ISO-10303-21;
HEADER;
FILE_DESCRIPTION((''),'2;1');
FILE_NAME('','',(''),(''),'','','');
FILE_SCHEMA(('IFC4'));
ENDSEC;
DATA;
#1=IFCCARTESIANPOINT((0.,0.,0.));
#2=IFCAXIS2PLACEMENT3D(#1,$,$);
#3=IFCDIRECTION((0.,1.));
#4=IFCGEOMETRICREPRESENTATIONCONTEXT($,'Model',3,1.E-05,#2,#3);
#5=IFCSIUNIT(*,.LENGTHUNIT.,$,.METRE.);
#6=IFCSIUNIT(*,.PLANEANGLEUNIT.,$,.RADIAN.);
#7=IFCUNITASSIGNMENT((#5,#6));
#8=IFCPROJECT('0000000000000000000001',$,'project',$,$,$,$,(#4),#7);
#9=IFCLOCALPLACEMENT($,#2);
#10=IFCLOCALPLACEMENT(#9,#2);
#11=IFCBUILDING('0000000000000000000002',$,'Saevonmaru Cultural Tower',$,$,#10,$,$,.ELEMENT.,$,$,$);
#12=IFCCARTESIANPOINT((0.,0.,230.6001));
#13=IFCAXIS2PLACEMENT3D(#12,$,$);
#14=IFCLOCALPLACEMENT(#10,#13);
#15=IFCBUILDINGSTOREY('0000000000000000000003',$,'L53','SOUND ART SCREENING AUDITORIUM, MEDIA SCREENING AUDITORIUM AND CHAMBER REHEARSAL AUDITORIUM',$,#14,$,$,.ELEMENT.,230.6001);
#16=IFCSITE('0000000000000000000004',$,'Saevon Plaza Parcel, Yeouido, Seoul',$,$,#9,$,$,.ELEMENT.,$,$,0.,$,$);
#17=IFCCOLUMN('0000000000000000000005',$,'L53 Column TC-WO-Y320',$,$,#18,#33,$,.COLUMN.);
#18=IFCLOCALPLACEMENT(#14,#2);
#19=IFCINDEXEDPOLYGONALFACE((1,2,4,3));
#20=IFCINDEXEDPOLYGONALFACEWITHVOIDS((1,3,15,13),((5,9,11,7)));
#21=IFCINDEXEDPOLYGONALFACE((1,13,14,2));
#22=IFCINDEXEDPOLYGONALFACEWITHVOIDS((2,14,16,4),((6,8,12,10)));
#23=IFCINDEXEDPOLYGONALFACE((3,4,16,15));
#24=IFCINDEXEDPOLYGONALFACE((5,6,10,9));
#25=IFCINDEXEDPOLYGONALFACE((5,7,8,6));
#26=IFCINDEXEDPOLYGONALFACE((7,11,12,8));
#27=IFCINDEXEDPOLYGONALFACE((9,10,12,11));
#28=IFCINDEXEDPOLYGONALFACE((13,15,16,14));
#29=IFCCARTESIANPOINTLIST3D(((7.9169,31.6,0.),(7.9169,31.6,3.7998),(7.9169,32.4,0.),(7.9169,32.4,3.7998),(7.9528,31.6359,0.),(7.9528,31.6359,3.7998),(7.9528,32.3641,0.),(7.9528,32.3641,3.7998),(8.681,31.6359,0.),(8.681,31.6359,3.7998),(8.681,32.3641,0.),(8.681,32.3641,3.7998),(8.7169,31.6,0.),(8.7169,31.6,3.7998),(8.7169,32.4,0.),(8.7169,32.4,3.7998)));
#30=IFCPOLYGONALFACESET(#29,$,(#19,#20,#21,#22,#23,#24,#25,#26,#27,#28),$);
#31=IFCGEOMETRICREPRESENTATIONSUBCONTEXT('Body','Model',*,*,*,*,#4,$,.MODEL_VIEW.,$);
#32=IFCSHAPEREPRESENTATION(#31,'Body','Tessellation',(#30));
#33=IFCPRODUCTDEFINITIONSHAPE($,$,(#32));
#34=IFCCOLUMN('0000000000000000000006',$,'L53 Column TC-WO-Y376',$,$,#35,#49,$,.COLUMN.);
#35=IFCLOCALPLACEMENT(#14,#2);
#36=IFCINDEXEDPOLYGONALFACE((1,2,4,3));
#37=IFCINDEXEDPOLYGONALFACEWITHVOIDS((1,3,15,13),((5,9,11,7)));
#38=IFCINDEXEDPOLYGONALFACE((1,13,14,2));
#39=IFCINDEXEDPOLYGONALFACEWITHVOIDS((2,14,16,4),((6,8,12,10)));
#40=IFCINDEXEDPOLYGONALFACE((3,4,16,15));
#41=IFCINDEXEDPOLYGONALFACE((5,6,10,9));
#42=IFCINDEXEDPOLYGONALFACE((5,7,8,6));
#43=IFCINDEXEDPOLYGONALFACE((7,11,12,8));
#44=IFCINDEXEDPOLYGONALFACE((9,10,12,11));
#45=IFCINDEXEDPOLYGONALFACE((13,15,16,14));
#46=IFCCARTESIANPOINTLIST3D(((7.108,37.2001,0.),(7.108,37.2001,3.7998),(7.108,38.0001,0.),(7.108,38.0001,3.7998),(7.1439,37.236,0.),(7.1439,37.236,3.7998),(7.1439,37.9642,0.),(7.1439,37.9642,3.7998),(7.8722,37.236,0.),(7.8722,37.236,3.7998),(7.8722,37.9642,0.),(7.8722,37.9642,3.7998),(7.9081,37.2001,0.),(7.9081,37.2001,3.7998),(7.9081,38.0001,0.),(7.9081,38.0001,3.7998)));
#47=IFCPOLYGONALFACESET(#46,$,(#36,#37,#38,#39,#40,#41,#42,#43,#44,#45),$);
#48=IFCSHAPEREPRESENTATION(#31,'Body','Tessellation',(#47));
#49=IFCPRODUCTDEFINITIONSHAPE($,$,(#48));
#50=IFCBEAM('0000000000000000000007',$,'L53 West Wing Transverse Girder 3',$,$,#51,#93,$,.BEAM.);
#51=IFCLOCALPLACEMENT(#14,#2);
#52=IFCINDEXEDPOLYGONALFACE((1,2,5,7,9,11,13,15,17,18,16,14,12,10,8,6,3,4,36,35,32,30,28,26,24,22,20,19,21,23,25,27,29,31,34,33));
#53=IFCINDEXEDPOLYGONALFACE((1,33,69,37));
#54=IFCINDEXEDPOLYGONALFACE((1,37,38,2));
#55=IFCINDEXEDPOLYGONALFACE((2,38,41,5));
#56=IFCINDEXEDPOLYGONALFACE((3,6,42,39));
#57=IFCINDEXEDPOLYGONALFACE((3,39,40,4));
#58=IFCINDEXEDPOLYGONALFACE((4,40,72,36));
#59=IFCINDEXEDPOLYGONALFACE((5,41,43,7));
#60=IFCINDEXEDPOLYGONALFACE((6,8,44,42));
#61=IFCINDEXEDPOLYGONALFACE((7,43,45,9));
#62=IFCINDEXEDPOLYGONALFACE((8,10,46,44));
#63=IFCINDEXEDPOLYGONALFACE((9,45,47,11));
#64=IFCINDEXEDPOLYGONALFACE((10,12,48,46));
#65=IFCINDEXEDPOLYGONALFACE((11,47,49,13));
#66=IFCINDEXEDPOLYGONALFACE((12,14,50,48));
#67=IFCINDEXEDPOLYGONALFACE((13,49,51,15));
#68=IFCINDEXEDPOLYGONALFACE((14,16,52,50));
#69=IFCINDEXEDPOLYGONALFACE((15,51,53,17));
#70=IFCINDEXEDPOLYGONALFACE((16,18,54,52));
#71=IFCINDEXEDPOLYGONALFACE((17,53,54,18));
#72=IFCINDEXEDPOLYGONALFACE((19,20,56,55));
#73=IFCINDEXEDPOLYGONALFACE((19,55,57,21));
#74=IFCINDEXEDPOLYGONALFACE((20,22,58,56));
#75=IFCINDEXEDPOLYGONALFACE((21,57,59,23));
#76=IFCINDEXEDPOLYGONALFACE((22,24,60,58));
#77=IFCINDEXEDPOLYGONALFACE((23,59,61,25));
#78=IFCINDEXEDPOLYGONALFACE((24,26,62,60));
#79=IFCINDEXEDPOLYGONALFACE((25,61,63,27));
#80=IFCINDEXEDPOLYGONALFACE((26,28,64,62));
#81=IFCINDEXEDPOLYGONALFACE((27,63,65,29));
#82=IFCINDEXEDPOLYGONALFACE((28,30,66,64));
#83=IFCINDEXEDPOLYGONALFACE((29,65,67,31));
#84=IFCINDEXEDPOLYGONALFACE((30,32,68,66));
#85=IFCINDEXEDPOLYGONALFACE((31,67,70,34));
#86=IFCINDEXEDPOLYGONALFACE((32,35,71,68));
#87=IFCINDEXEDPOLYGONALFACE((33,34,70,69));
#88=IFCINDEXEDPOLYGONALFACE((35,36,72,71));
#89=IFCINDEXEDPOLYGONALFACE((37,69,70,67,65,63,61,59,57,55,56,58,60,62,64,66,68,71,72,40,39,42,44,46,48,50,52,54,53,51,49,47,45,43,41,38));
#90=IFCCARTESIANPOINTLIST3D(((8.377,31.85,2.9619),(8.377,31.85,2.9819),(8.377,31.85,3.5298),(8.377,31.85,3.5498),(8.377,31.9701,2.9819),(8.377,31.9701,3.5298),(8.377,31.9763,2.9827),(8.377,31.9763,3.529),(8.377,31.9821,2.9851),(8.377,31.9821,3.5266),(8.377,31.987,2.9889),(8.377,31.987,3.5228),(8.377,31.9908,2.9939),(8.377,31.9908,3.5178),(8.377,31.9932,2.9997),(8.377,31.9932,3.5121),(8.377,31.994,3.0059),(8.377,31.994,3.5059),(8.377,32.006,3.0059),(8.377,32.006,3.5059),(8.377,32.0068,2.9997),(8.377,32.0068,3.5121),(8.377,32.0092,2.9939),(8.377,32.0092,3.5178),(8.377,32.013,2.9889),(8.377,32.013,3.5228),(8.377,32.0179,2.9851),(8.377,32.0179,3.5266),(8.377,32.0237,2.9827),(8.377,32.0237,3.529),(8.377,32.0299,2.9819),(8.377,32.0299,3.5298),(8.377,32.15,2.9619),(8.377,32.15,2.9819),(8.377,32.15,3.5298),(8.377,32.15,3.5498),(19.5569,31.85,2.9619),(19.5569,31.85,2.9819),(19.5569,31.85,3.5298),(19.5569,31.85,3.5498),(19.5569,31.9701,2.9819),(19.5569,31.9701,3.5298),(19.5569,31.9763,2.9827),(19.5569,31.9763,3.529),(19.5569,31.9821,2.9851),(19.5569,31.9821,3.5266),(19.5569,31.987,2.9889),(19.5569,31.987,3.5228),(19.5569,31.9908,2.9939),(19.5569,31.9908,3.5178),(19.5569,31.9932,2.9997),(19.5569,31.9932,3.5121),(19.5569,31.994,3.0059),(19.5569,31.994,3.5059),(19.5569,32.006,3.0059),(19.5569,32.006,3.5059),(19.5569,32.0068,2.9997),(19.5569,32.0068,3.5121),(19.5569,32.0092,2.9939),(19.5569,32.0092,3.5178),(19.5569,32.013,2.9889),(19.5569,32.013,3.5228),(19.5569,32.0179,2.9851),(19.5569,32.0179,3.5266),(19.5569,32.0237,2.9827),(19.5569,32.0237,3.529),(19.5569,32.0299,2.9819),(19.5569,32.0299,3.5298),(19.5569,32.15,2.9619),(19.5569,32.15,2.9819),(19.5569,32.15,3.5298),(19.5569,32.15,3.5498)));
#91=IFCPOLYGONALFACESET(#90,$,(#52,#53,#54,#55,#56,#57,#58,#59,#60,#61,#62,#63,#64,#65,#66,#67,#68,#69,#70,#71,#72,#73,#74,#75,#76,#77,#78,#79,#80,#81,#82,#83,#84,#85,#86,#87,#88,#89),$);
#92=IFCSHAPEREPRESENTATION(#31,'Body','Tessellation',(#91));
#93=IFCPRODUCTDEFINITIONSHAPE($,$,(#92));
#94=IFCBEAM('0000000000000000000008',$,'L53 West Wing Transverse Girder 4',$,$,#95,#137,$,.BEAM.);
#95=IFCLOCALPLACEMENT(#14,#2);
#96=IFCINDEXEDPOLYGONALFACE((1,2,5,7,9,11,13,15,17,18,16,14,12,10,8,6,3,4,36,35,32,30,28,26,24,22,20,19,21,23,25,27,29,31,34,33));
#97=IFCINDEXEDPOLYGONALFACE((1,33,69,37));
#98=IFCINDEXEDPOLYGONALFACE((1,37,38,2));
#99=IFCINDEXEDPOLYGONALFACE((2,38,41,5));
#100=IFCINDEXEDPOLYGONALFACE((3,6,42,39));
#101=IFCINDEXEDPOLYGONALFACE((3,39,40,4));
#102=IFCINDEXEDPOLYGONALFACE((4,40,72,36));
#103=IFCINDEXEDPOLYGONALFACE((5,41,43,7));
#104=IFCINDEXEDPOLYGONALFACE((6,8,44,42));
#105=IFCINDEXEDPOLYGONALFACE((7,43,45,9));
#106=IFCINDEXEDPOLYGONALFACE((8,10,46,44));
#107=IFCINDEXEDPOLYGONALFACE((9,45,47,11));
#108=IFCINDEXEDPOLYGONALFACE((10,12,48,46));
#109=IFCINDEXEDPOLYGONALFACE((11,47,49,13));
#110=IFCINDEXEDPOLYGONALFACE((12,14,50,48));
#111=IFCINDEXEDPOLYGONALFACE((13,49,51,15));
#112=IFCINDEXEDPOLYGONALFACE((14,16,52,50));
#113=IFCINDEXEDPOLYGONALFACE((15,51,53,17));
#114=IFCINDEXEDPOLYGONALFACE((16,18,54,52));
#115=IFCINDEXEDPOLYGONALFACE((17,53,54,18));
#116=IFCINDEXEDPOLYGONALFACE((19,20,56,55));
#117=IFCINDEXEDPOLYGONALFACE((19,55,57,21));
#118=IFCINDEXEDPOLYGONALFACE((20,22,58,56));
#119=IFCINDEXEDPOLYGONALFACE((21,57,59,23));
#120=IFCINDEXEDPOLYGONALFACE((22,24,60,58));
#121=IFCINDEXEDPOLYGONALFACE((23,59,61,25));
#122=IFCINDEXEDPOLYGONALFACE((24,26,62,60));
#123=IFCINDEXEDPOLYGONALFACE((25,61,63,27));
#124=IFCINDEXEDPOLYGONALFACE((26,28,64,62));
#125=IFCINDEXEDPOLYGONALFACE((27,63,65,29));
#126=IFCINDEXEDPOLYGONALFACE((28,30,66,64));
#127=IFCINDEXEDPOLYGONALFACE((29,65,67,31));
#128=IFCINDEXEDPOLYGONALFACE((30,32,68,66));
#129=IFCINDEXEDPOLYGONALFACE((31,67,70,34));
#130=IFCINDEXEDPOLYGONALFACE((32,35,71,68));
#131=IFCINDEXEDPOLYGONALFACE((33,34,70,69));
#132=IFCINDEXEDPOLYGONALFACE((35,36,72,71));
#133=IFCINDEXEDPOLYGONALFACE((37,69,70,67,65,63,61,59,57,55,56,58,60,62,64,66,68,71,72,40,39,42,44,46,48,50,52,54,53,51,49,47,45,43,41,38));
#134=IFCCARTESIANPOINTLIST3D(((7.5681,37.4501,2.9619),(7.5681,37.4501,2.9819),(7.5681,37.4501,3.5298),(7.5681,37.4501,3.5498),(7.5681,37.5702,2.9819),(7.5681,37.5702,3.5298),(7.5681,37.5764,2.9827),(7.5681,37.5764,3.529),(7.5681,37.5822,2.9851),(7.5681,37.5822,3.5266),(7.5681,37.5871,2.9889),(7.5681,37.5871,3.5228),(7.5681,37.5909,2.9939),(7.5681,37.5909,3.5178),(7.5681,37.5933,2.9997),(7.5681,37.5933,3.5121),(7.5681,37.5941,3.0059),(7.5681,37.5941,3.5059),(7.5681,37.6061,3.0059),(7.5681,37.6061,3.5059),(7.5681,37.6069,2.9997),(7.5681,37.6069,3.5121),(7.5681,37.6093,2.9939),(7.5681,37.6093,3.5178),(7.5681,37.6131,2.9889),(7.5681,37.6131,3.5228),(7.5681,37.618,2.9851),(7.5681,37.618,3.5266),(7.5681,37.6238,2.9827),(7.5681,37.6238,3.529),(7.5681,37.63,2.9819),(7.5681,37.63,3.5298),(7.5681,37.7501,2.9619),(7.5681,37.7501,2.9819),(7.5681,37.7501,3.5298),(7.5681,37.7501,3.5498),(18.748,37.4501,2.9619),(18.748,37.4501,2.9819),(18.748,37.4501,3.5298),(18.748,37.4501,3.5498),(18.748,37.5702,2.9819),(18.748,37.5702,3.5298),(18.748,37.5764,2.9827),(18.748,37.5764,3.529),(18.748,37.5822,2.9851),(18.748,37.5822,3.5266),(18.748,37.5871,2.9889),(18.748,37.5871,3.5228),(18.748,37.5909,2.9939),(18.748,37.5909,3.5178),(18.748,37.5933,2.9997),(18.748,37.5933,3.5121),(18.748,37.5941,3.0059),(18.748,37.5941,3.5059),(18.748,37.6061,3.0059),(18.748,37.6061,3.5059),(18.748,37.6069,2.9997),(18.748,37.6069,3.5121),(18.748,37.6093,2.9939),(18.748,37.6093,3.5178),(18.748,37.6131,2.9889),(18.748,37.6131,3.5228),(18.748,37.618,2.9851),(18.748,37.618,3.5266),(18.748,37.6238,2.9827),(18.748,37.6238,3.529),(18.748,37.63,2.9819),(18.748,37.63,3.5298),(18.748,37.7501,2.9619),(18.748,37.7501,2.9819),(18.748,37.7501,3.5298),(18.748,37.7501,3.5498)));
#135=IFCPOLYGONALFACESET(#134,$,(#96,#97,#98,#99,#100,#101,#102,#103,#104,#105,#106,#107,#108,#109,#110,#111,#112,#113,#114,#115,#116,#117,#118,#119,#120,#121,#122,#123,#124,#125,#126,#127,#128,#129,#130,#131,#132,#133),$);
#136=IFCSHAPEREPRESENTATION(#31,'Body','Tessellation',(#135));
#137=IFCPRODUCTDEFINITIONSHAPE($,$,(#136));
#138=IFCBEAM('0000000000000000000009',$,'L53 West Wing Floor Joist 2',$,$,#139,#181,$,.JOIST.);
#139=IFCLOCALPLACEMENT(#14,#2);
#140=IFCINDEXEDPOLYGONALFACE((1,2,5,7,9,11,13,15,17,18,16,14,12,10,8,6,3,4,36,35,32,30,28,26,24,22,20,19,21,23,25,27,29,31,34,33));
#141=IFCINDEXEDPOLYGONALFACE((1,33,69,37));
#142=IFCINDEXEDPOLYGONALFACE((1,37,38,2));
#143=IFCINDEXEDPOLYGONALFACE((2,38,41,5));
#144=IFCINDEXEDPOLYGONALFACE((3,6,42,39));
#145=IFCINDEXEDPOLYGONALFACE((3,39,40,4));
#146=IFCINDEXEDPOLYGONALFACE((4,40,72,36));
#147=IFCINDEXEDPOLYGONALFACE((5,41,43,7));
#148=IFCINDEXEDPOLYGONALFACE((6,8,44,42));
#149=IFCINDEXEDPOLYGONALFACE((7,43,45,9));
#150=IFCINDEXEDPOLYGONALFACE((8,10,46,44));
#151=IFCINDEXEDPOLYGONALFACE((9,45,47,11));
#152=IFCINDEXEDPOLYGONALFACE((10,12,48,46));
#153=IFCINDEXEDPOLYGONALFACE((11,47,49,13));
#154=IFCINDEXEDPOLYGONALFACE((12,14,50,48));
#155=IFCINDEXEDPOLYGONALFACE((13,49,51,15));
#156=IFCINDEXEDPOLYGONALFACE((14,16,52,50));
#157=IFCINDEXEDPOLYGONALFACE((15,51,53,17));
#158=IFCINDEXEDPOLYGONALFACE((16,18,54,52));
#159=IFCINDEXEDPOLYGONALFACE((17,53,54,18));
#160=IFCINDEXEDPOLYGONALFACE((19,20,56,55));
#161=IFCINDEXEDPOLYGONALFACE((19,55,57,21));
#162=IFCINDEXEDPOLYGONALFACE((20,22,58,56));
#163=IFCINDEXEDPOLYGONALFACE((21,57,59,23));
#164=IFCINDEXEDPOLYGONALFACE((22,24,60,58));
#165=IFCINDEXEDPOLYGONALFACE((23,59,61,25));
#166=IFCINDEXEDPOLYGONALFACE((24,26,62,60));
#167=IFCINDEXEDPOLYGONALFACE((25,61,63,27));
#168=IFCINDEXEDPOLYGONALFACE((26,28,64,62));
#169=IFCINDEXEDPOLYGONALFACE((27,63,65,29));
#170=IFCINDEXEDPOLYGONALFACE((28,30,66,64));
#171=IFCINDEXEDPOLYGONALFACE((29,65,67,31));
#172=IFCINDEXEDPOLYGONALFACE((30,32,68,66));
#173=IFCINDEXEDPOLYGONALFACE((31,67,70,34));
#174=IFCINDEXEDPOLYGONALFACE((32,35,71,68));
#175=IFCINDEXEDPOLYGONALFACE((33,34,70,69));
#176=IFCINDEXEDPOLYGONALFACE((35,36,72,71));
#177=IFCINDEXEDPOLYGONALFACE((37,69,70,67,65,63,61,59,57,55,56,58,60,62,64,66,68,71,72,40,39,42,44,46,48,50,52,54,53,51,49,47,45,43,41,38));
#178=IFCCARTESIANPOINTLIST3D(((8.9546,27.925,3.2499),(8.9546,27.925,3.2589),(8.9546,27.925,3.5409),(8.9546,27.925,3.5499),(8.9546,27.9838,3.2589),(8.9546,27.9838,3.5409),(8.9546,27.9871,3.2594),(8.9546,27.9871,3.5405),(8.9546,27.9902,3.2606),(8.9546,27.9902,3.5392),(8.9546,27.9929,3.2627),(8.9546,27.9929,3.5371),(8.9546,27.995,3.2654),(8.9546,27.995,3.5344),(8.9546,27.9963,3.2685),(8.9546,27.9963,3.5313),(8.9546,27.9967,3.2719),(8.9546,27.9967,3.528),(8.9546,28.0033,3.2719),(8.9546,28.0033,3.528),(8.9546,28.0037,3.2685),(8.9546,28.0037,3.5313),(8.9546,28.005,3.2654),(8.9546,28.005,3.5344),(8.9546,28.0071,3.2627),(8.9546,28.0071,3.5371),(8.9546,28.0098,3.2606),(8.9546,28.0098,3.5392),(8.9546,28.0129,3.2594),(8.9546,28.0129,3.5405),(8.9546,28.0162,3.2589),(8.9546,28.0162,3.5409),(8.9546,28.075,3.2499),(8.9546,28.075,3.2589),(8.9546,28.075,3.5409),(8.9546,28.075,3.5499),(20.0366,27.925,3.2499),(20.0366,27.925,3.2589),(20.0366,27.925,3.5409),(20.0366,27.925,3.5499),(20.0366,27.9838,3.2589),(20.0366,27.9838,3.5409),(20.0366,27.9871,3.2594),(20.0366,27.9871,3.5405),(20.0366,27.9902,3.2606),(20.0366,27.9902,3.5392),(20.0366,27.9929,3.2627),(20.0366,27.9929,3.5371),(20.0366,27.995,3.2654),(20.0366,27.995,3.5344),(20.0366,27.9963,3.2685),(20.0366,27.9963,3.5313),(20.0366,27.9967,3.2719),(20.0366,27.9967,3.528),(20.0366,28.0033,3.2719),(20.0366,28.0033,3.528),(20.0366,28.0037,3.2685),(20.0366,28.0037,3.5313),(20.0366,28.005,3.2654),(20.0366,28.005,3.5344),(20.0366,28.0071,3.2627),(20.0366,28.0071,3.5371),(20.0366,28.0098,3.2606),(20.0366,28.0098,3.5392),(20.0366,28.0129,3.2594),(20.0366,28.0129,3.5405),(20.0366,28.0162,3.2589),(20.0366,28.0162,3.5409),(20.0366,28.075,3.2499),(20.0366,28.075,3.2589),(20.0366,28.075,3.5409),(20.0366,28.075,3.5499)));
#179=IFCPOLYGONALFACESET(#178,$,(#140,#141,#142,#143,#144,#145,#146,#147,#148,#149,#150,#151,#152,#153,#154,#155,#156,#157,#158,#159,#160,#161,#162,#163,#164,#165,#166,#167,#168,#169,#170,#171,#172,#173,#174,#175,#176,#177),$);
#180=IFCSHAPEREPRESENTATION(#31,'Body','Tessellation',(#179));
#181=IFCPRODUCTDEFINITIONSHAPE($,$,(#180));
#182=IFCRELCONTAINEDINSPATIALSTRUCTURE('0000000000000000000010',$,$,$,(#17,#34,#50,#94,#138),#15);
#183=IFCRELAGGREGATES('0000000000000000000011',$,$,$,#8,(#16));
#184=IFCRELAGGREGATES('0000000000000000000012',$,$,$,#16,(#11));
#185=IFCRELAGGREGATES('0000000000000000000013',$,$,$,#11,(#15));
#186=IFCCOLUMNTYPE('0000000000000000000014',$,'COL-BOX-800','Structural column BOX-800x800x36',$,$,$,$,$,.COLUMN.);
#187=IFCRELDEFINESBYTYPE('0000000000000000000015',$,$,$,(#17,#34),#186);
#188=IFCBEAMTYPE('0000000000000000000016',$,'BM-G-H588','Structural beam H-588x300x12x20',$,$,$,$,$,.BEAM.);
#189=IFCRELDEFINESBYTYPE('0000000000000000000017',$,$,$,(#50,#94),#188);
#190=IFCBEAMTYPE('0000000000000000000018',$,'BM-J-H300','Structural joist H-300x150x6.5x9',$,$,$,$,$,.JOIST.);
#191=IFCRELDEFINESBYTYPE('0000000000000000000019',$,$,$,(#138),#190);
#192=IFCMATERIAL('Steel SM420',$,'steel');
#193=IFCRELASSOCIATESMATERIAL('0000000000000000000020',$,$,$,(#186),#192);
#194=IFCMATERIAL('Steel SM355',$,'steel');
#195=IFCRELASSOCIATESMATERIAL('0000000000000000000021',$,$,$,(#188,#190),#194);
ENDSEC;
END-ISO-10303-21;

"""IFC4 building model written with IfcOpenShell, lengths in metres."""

from ifc_helpers import new_model, si_unit, direction, frame, origin, origin_2d, place, context, subcontext, project, spatial, hollow_rectangle, i_section, extrude, material, material_profile, profile_set, type_object, element, save


model = new_model("IFC4")

# Units and contexts
model_context = context("Model", 3, precision=1e-05, world=origin(), true_north=direction((0.0, 1.0)))
body_context = subcontext(model_context, "Body", "Model", "MODEL_VIEW")
ifc_project = project(units=[si_unit("LENGTHUNIT", "METRE"), si_unit("PLANEANGLEUNIT", "RADIAN")], contexts=[model_context])

# Site, building, storey
site_placement = place(None, origin())
site = spatial("IfcSite", under=ifc_project, at=site_placement, Name="Saevon Plaza Parcel, Yeouido, Seoul", CompositionType="ELEMENT", RefElevation=0.0)
building_placement = place(site_placement, origin())
building = spatial("IfcBuilding", under=site, at=building_placement, Name="Saevonmaru Cultural Tower", CompositionType="ELEMENT")
storey_placement = place(building_placement, frame((0.0, 0.0, 230.6001)))
storey = spatial("IfcBuildingStorey", under=building, at=storey_placement, Name="L53", Description="SOUND ART SCREENING AUDITORIUM, MEDIA SCREENING AUDITORIUM AND CHAMBER REHEARSAL AUDITORIUM", CompositionType="ELEMENT", Elevation=230.6001)

# Columns
ifc_material_1 = material(Name="Steel SM420", Category="steel")
ifc_material_profile_1 = material_profile(ifc_material_1, hollow_rectangle(XDim=0.8, YDim=0.8, WallThickness=0.0359, at=origin_2d()), Name="BOX-800x800x36")
ifc_profile_set_1 = profile_set([ifc_material_profile_1], Name="Steel SM420")
column_type = type_object("IfcColumnType", Name="COL-BOX-800", Description="Structural column BOX-800x800x36", PredefinedType="COLUMN", material=ifc_profile_set_1)
for number, where, z_axis, x_axis, name in (
    (1, (8.3169, 32.0, 0.0), (0.0, 0.0, 1.0), (1.0, 0.0, 0.0), "L53 Column TC-WO-Y320"),
    (2, (7.5081, 37.6001, 0.0), (0.0, 0.0, 1.0), (1.0, 0.0, 0.0), "L53 Column TC-WO-Y376"),
):
    element("IfcColumn", number, at=place(storey_placement, frame(where, z_axis=z_axis, x_axis=x_axis)), inside=storey, type_object=column_type, Name=name, PredefinedType="COLUMN", context=body_context, shape_type="SweptSolid", body=[
        extrude(hollow_rectangle(XDim=0.8, YDim=0.8, WallThickness=0.0359, at=origin_2d()), origin(), (0.0, 0.0, 1.0), 3.7998),
    ])

# Beams
ifc_material_2 = material(Name="Steel SM355", Category="steel")
ifc_material_profile_2 = material_profile(ifc_material_2, i_section(OverallWidth=0.3, OverallDepth=0.5879, WebThickness=0.012, FlangeThickness=0.02, FilletRadius=0.0239, at=origin_2d()), Name="H-588x300x12x20")
ifc_profile_set_2 = profile_set([ifc_material_profile_2], Name="Steel SM355")
beam_type_1 = type_object("IfcBeamType", Name="BM-G-H588", Description="Structural beam H-588x300x12x20", PredefinedType="BEAM", material=ifc_profile_set_2)
for number, where, z_axis, x_axis, name in (
    (3, (8.377, 32.0, 3.2559), (1.0, 0.0, 0.0), (0.0, 1.0, 0.0), "L53 West Wing Transverse Girder 3"),
    (4, (7.5681, 37.6001, 3.2559), (1.0, 0.0, 0.0), (0.0, 1.0, 0.0), "L53 West Wing Transverse Girder 4"),
):
    element("IfcBeam", number, at=place(storey_placement, frame(where, z_axis=z_axis, x_axis=x_axis)), inside=storey, type_object=beam_type_1, Name=name, PredefinedType="BEAM", context=body_context, shape_type="SweptSolid", body=[
        extrude(i_section(OverallWidth=0.3, OverallDepth=0.5879, WebThickness=0.012, FlangeThickness=0.02, FilletRadius=0.0239, at=origin_2d()), origin(), (0.0, 0.0, 1.0), 11.1799),
    ])
ifc_material_profile_3 = material_profile(ifc_material_2, i_section(OverallWidth=0.1499, OverallDepth=0.3, WebThickness=0.0066, FlangeThickness=0.009, FilletRadius=0.0129, at=origin_2d()), Name="H-300x150x6.5x9")
ifc_profile_set_3 = profile_set([ifc_material_profile_3], Name="Steel SM355")
beam_type_2 = type_object("IfcBeamType", Name="BM-J-H300", Description="Structural joist H-300x150x6.5x9", PredefinedType="JOIST", material=ifc_profile_set_3)
for number, where, z_axis, x_axis, name in (
    (5, (8.9546, 28.0, 3.3999), (1.0, 0.0, 0.0), (0.0, 1.0, 0.0), "L53 West Wing Floor Joist 2"),
):
    element("IfcBeam", number, at=place(storey_placement, frame(where, z_axis=z_axis, x_axis=x_axis)), inside=storey, type_object=beam_type_2, Name=name, PredefinedType="JOIST", context=body_context, shape_type="SweptSolid", body=[
        extrude(i_section(OverallWidth=0.1499, OverallDepth=0.3, WebThickness=0.0066, FlangeThickness=0.009, FilletRadius=0.0129, at=origin_2d()), origin(), (0.0, 0.0, 1.0), 11.082),
    ])

save(model, "model.ifc")
